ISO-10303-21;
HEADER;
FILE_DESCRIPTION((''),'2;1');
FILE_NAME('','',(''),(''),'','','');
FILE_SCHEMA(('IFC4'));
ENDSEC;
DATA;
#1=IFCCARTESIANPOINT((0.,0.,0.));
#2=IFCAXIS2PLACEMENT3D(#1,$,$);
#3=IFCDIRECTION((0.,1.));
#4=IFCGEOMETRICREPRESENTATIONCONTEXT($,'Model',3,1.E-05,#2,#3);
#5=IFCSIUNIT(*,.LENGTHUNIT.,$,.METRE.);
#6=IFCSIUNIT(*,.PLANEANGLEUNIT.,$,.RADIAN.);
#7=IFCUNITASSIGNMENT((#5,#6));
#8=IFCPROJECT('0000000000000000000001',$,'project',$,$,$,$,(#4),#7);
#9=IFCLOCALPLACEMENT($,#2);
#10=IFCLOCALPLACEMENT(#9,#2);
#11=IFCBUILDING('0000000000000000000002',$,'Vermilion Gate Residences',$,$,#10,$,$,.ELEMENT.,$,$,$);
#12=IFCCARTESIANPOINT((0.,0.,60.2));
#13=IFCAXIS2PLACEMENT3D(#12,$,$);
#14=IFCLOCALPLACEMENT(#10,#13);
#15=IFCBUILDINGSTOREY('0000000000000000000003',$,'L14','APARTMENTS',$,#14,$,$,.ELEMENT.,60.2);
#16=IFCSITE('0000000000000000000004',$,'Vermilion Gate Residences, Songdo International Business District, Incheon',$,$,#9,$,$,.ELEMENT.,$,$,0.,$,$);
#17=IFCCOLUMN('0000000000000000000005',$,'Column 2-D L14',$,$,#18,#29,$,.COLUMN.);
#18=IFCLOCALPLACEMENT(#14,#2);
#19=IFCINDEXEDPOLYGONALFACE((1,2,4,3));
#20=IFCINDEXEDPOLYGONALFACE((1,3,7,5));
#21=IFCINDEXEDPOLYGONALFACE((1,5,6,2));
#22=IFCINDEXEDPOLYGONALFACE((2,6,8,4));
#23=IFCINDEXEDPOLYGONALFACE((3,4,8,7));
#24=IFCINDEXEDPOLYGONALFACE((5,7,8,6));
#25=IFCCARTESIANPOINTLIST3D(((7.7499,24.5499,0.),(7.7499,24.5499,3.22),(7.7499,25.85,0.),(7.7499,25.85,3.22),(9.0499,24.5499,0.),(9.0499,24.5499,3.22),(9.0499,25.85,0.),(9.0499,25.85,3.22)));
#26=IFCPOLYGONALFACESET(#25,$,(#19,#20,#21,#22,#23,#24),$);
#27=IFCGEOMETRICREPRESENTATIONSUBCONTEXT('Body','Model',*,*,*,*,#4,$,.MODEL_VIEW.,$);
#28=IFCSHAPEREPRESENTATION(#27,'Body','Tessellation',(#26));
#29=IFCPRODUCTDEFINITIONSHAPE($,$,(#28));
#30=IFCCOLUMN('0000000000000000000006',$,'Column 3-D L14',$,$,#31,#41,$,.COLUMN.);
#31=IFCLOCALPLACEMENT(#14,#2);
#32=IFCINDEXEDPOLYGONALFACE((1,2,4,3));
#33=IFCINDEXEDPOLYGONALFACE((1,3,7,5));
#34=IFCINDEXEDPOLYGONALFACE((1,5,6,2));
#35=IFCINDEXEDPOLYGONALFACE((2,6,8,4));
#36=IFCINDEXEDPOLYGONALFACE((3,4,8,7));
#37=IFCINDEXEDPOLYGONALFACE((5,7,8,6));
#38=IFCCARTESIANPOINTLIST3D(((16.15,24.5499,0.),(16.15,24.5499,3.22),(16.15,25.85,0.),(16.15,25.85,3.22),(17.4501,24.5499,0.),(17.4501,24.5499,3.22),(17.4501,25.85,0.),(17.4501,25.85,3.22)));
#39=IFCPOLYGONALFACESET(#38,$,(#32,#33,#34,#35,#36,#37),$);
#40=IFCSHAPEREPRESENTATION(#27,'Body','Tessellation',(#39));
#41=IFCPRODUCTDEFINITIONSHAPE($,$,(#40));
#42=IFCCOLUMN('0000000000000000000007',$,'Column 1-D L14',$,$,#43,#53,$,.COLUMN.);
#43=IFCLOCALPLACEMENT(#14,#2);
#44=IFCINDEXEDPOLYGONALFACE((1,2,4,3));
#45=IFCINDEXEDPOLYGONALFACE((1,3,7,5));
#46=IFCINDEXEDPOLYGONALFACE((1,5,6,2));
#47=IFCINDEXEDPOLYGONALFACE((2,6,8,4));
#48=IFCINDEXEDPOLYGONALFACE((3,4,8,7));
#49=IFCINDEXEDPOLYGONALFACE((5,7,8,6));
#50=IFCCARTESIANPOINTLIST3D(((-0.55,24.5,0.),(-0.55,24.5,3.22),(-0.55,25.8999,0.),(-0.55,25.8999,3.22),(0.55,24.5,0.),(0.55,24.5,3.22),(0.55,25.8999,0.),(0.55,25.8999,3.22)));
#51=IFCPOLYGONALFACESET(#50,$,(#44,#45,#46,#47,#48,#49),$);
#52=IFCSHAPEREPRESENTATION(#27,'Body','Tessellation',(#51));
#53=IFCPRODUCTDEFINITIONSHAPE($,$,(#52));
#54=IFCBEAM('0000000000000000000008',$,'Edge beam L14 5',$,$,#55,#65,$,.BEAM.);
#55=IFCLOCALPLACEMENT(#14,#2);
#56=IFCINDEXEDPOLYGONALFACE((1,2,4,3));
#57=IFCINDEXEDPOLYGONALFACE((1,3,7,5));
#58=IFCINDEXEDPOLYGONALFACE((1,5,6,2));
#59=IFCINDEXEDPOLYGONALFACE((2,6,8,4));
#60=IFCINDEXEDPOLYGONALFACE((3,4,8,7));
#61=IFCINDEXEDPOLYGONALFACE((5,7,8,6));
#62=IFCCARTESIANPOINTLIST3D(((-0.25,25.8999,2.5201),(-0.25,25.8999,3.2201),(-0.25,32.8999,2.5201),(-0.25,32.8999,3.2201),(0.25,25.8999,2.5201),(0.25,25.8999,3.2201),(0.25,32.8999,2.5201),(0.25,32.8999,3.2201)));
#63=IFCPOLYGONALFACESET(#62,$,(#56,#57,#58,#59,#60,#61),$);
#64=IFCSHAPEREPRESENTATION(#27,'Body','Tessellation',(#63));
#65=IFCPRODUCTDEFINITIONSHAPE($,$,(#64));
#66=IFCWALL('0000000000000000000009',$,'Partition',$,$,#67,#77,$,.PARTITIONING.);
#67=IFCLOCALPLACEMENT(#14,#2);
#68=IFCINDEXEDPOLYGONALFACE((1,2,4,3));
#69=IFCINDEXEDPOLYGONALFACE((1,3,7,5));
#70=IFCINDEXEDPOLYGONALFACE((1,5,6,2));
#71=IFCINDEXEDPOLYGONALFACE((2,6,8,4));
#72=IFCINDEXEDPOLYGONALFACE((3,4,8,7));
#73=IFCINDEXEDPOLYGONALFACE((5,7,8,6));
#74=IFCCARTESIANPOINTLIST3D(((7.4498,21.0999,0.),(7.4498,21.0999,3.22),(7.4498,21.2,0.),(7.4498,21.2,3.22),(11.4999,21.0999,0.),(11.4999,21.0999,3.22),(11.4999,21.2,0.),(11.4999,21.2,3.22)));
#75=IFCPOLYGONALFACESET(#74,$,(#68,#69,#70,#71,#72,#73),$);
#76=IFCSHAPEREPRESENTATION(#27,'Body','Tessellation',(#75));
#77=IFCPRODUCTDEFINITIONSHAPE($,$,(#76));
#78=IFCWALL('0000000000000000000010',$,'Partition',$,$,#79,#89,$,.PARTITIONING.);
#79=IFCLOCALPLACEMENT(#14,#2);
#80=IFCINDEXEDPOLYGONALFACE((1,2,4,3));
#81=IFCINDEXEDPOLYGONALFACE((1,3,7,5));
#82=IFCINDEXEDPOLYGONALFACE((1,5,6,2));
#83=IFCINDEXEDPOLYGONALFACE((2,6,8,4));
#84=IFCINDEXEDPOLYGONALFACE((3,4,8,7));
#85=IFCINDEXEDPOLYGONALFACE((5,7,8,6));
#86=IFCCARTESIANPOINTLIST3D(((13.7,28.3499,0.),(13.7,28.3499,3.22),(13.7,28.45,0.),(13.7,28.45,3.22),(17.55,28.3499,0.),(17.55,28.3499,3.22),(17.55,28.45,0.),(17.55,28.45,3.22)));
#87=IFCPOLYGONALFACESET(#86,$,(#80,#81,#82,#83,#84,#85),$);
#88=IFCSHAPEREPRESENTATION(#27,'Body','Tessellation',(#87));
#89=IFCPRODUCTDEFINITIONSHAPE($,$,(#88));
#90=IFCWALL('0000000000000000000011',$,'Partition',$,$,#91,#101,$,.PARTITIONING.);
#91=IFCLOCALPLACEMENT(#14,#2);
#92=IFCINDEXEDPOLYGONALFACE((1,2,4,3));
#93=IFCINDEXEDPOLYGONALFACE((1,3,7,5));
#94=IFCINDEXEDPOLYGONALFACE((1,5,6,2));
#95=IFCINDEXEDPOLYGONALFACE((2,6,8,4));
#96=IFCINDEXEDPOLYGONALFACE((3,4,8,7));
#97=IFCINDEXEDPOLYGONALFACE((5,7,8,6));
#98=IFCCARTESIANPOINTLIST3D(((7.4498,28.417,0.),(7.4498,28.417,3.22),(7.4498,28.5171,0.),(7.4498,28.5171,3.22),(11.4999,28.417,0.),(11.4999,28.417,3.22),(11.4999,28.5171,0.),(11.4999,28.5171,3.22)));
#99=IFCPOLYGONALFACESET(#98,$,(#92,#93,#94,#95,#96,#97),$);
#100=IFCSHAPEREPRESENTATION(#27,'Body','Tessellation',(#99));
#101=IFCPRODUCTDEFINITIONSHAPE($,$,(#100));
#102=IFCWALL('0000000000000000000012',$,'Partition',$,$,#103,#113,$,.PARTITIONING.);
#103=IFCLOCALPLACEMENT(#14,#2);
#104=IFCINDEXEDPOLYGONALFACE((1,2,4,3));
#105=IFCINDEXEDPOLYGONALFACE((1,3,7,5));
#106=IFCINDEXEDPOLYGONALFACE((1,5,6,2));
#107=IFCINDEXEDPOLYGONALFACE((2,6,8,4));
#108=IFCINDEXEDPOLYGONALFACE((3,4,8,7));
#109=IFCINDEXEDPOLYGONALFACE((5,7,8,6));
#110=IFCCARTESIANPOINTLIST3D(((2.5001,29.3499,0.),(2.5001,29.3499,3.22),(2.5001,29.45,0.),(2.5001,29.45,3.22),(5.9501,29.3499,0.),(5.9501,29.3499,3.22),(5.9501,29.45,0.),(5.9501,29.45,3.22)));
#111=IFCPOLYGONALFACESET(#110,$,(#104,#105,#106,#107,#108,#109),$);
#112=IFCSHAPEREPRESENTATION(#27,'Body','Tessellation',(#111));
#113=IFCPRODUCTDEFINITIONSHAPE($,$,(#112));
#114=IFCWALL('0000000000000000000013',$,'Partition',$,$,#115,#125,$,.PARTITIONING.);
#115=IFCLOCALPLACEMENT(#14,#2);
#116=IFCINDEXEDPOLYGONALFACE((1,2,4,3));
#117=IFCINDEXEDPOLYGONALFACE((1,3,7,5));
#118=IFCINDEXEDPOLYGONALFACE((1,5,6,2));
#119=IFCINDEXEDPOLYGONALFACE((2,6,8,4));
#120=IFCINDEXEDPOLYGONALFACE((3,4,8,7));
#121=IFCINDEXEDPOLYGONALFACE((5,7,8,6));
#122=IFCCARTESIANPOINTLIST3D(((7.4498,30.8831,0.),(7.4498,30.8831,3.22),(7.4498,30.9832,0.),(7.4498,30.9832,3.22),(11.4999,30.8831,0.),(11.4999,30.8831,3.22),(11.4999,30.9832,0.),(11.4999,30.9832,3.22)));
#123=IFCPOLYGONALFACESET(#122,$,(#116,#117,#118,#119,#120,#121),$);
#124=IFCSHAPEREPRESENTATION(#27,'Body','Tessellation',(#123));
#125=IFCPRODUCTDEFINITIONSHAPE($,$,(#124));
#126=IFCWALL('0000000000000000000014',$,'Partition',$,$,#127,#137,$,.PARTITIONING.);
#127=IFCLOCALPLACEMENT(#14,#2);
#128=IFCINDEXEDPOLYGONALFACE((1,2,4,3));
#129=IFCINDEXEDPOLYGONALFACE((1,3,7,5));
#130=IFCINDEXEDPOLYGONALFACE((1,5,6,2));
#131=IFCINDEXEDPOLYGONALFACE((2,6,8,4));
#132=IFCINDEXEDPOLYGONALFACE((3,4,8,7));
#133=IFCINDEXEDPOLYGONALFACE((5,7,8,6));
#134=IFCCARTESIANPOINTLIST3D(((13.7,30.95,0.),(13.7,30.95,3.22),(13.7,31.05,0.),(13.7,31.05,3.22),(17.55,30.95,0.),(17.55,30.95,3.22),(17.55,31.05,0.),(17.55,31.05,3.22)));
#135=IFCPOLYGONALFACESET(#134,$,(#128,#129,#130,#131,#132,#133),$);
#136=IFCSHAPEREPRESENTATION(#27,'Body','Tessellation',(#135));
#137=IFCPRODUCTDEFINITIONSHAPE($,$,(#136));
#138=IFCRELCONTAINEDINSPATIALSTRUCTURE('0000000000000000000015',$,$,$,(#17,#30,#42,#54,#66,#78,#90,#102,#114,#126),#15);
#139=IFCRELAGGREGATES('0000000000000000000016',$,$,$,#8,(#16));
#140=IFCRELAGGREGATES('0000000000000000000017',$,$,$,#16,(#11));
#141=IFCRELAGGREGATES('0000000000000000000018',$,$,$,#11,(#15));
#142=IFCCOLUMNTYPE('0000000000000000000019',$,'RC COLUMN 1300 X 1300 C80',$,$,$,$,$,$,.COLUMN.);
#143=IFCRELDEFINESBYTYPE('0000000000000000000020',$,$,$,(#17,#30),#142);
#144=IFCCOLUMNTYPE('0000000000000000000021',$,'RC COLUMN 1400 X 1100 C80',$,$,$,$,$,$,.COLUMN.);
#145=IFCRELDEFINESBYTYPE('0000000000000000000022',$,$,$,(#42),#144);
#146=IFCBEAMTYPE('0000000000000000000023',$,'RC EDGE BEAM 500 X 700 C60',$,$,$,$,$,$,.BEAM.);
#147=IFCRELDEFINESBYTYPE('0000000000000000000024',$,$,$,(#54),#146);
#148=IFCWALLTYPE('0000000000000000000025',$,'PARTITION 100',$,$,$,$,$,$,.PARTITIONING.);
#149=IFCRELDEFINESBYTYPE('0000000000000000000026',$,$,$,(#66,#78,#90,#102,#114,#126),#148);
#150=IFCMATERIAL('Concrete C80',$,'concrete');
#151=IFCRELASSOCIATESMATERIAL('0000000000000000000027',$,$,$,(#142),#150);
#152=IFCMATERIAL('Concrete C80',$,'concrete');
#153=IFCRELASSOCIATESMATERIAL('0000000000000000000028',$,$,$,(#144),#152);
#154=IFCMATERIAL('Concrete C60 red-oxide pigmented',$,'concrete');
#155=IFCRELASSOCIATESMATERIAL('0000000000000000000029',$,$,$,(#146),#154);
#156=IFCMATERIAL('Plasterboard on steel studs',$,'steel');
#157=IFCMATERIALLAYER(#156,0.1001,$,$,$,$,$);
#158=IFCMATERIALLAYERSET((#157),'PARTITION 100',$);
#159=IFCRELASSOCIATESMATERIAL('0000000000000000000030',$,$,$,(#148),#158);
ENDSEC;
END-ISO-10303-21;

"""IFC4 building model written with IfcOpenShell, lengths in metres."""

from ifc_helpers import new_model, si_unit, direction, frame, frame_2d, origin, origin_2d, place, context, subcontext, project, spatial, rectangle, extrude, material, layer, layer_set, material_profile, profile_set, type_object, element, save


model = new_model("IFC4")

# Units and contexts
model_context = context("Model", 3, precision=1e-05, world=origin(), true_north=direction((0.0, 1.0)))
body_context = subcontext(model_context, "Body", "Model", "MODEL_VIEW")
ifc_project = project(units=[si_unit("LENGTHUNIT", "METRE"), si_unit("PLANEANGLEUNIT", "RADIAN")], contexts=[model_context])

# Site, building, storey
site_placement = place(None, origin())
site = spatial("IfcSite", under=ifc_project, at=site_placement, Name="Vermilion Gate Residences, Songdo International Business District, Incheon", CompositionType="ELEMENT", RefElevation=0.0)
building_placement = place(site_placement, origin())
building = spatial("IfcBuilding", under=site, at=building_placement, Name="Vermilion Gate Residences", CompositionType="ELEMENT")
storey_placement = place(building_placement, frame((0.0, 0.0, 60.2)))
storey = spatial("IfcBuildingStorey", under=building, at=storey_placement, Name="L14", Description="APARTMENTS", CompositionType="ELEMENT", Elevation=60.2)

# Columns
ifc_material_1 = material(Name="Concrete C80", Category="concrete")
ifc_material_profile_1 = material_profile(ifc_material_1, rectangle(XDim=1.3, YDim=1.3, at=origin_2d()), Name="RC-1300x1300")
ifc_profile_set_1 = profile_set([ifc_material_profile_1], Name="Concrete C80")
column_type_1 = type_object("IfcColumnType", Name="RC COLUMN 1300 X 1300 C80", PredefinedType="COLUMN", material=ifc_profile_set_1)
for number, where, z_axis, x_axis, name in (
    (1, (8.3999, 25.2, 0.0), (0.0, 0.0, 1.0), (1.0, 0.0, 0.0), "Column 2-D L14"),
    (2, (16.8, 25.2, 0.0), (0.0, 0.0, 1.0), (1.0, 0.0, 0.0), "Column 3-D L14"),
):
    element("IfcColumn", number, at=place(storey_placement, frame(where, z_axis=z_axis, x_axis=x_axis)), inside=storey, type_object=column_type_1, Name=name, PredefinedType="COLUMN", context=body_context, shape_type="SweptSolid", body=[
        extrude(rectangle(XDim=1.3, YDim=1.3, at=origin_2d()), origin(), (0.0, 0.0, 1.0), 3.22),
    ])
ifc_material_2 = material(Name="Concrete C80", Category="concrete")
ifc_material_profile_2 = material_profile(ifc_material_2, rectangle(XDim=1.3999, YDim=1.1001, at=origin_2d()), Name="RC-1400x1100")
ifc_profile_set_2 = profile_set([ifc_material_profile_2], Name="Concrete C80")
column_type_2 = type_object("IfcColumnType", Name="RC COLUMN 1400 X 1100 C80", PredefinedType="COLUMN", material=ifc_profile_set_2)
column_placement = place(storey_placement, frame((0.0, 25.2, 0.0), z_axis=(0.0, 0.0, 1.0), x_axis=(0.0, 1.0, 0.0)))
element("IfcColumn", 3, at=column_placement, inside=storey, type_object=column_type_2, Name="Column 1-D L14", PredefinedType="COLUMN", context=body_context, shape_type="SweptSolid", body=[
    extrude(rectangle(XDim=1.3999, YDim=1.1001, at=origin_2d()), origin(), (0.0, 0.0, 1.0), 3.22),
])

# Beam
ifc_material_3 = material(Name="Concrete C60 red-oxide pigmented", Category="concrete")
ifc_material_profile_3 = material_profile(ifc_material_3, rectangle(XDim=0.5, YDim=0.7, at=origin_2d()), Name="RC-500x700")
ifc_profile_set_3 = profile_set([ifc_material_profile_3], Name="Concrete C60 red-oxide pigmented")
beam_type = type_object("IfcBeamType", Name="RC EDGE BEAM 500 X 700 C60", PredefinedType="BEAM", material=ifc_profile_set_3)
beam_placement = place(storey_placement, frame((0.0, 25.8999, 2.8701), z_axis=(0.0, 1.0, 0.0), x_axis=(-1.0, 0.0, 0.0)))
element("IfcBeam", 4, at=beam_placement, inside=storey, type_object=beam_type, Name="Edge beam L14 5", PredefinedType="BEAM", context=body_context, shape_type="SweptSolid", body=[
    extrude(rectangle(XDim=0.5, YDim=0.7, at=origin_2d()), origin(), (0.0, 0.0, 1.0), 7.0),
])

# Walls
ifc_material_4 = material(Name="Plasterboard on steel studs", Category="steel")
ifc_layer_1 = layer(ifc_material_4, 0.1001)
ifc_layer_set_1 = layer_set([ifc_layer_1], Name="PARTITION 100")
wall_type_1 = type_object("IfcWallType", Name="PARTITION 100", PredefinedType="PARTITIONING", material=ifc_layer_set_1)
wall_1_placement = place(storey_placement, frame((7.45, 21.1499, 0.0), z_axis=(0.0, 0.0, 1.0), x_axis=(1.0, 0.0, 0.0)))
element("IfcWall", 5, at=wall_1_placement, inside=storey, type_object=wall_type_1, Name="Partition", PredefinedType="PARTITIONING", context=body_context, shape_type="SweptSolid", body=[
    extrude(rectangle(XDim=4.05, YDim=0.1001, at=frame_2d((2.0249, 0.0))), origin(), (0.0, 0.0, 1.0), 3.22),
])
wall_2_placement = place(storey_placement, frame((13.7, 28.3999, 0.0), z_axis=(0.0, 0.0, 1.0), x_axis=(1.0, 0.0, 0.0)))
element("IfcWall", 6, at=wall_2_placement, inside=storey, type_object=wall_type_1, Name="Partition", PredefinedType="PARTITIONING", context=body_context, shape_type="SweptSolid", body=[
    extrude(rectangle(XDim=3.8501, YDim=0.1001, at=frame_2d((1.925, 0.0))), origin(), (0.0, 0.0, 1.0), 3.22),
])
wall_3_placement = place(storey_placement, frame((7.45, 28.467, 0.0), z_axis=(0.0, 0.0, 1.0), x_axis=(1.0, 0.0, 0.0)))
element("IfcWall", 7, at=wall_3_placement, inside=storey, type_object=wall_type_1, Name="Partition", PredefinedType="PARTITIONING", context=body_context, shape_type="SweptSolid", body=[
    extrude(rectangle(XDim=4.05, YDim=0.1001, at=frame_2d((2.0249, 0.0))), origin(), (0.0, 0.0, 1.0), 3.22),
])
wall_4_placement = place(storey_placement, frame((2.5, 29.3999, 0.0), z_axis=(0.0, 0.0, 1.0), x_axis=(1.0, 0.0, 0.0)))
element("IfcWall", 8, at=wall_4_placement, inside=storey, type_object=wall_type_1, Name="Partition", PredefinedType="PARTITIONING", context=body_context, shape_type="SweptSolid", body=[
    extrude(rectangle(XDim=3.45, YDim=0.1001, at=frame_2d((1.7251, 0.0))), origin(), (0.0, 0.0, 1.0), 3.22),
])
wall_5_placement = place(storey_placement, frame((7.45, 30.9331, 0.0), z_axis=(0.0, 0.0, 1.0), x_axis=(1.0, 0.0, 0.0)))
element("IfcWall", 9, at=wall_5_placement, inside=storey, type_object=wall_type_1, Name="Partition", PredefinedType="PARTITIONING", context=body_context, shape_type="SweptSolid", body=[
    extrude(rectangle(XDim=4.05, YDim=0.1001, at=frame_2d((2.0249, 0.0))), origin(), (0.0, 0.0, 1.0), 3.22),
])
wall_6_placement = place(storey_placement, frame((13.7, 31.0, 0.0), z_axis=(0.0, 0.0, 1.0), x_axis=(1.0, 0.0, 0.0)))
element("IfcWall", 10, at=wall_6_placement, inside=storey, type_object=wall_type_1, Name="Partition", PredefinedType="PARTITIONING", context=body_context, shape_type="SweptSolid", body=[
    extrude(rectangle(XDim=3.8501, YDim=0.1001, at=frame_2d((1.925, 0.0))), origin(), (0.0, 0.0, 1.0), 3.22),
])

save(model, "model.ifc")
